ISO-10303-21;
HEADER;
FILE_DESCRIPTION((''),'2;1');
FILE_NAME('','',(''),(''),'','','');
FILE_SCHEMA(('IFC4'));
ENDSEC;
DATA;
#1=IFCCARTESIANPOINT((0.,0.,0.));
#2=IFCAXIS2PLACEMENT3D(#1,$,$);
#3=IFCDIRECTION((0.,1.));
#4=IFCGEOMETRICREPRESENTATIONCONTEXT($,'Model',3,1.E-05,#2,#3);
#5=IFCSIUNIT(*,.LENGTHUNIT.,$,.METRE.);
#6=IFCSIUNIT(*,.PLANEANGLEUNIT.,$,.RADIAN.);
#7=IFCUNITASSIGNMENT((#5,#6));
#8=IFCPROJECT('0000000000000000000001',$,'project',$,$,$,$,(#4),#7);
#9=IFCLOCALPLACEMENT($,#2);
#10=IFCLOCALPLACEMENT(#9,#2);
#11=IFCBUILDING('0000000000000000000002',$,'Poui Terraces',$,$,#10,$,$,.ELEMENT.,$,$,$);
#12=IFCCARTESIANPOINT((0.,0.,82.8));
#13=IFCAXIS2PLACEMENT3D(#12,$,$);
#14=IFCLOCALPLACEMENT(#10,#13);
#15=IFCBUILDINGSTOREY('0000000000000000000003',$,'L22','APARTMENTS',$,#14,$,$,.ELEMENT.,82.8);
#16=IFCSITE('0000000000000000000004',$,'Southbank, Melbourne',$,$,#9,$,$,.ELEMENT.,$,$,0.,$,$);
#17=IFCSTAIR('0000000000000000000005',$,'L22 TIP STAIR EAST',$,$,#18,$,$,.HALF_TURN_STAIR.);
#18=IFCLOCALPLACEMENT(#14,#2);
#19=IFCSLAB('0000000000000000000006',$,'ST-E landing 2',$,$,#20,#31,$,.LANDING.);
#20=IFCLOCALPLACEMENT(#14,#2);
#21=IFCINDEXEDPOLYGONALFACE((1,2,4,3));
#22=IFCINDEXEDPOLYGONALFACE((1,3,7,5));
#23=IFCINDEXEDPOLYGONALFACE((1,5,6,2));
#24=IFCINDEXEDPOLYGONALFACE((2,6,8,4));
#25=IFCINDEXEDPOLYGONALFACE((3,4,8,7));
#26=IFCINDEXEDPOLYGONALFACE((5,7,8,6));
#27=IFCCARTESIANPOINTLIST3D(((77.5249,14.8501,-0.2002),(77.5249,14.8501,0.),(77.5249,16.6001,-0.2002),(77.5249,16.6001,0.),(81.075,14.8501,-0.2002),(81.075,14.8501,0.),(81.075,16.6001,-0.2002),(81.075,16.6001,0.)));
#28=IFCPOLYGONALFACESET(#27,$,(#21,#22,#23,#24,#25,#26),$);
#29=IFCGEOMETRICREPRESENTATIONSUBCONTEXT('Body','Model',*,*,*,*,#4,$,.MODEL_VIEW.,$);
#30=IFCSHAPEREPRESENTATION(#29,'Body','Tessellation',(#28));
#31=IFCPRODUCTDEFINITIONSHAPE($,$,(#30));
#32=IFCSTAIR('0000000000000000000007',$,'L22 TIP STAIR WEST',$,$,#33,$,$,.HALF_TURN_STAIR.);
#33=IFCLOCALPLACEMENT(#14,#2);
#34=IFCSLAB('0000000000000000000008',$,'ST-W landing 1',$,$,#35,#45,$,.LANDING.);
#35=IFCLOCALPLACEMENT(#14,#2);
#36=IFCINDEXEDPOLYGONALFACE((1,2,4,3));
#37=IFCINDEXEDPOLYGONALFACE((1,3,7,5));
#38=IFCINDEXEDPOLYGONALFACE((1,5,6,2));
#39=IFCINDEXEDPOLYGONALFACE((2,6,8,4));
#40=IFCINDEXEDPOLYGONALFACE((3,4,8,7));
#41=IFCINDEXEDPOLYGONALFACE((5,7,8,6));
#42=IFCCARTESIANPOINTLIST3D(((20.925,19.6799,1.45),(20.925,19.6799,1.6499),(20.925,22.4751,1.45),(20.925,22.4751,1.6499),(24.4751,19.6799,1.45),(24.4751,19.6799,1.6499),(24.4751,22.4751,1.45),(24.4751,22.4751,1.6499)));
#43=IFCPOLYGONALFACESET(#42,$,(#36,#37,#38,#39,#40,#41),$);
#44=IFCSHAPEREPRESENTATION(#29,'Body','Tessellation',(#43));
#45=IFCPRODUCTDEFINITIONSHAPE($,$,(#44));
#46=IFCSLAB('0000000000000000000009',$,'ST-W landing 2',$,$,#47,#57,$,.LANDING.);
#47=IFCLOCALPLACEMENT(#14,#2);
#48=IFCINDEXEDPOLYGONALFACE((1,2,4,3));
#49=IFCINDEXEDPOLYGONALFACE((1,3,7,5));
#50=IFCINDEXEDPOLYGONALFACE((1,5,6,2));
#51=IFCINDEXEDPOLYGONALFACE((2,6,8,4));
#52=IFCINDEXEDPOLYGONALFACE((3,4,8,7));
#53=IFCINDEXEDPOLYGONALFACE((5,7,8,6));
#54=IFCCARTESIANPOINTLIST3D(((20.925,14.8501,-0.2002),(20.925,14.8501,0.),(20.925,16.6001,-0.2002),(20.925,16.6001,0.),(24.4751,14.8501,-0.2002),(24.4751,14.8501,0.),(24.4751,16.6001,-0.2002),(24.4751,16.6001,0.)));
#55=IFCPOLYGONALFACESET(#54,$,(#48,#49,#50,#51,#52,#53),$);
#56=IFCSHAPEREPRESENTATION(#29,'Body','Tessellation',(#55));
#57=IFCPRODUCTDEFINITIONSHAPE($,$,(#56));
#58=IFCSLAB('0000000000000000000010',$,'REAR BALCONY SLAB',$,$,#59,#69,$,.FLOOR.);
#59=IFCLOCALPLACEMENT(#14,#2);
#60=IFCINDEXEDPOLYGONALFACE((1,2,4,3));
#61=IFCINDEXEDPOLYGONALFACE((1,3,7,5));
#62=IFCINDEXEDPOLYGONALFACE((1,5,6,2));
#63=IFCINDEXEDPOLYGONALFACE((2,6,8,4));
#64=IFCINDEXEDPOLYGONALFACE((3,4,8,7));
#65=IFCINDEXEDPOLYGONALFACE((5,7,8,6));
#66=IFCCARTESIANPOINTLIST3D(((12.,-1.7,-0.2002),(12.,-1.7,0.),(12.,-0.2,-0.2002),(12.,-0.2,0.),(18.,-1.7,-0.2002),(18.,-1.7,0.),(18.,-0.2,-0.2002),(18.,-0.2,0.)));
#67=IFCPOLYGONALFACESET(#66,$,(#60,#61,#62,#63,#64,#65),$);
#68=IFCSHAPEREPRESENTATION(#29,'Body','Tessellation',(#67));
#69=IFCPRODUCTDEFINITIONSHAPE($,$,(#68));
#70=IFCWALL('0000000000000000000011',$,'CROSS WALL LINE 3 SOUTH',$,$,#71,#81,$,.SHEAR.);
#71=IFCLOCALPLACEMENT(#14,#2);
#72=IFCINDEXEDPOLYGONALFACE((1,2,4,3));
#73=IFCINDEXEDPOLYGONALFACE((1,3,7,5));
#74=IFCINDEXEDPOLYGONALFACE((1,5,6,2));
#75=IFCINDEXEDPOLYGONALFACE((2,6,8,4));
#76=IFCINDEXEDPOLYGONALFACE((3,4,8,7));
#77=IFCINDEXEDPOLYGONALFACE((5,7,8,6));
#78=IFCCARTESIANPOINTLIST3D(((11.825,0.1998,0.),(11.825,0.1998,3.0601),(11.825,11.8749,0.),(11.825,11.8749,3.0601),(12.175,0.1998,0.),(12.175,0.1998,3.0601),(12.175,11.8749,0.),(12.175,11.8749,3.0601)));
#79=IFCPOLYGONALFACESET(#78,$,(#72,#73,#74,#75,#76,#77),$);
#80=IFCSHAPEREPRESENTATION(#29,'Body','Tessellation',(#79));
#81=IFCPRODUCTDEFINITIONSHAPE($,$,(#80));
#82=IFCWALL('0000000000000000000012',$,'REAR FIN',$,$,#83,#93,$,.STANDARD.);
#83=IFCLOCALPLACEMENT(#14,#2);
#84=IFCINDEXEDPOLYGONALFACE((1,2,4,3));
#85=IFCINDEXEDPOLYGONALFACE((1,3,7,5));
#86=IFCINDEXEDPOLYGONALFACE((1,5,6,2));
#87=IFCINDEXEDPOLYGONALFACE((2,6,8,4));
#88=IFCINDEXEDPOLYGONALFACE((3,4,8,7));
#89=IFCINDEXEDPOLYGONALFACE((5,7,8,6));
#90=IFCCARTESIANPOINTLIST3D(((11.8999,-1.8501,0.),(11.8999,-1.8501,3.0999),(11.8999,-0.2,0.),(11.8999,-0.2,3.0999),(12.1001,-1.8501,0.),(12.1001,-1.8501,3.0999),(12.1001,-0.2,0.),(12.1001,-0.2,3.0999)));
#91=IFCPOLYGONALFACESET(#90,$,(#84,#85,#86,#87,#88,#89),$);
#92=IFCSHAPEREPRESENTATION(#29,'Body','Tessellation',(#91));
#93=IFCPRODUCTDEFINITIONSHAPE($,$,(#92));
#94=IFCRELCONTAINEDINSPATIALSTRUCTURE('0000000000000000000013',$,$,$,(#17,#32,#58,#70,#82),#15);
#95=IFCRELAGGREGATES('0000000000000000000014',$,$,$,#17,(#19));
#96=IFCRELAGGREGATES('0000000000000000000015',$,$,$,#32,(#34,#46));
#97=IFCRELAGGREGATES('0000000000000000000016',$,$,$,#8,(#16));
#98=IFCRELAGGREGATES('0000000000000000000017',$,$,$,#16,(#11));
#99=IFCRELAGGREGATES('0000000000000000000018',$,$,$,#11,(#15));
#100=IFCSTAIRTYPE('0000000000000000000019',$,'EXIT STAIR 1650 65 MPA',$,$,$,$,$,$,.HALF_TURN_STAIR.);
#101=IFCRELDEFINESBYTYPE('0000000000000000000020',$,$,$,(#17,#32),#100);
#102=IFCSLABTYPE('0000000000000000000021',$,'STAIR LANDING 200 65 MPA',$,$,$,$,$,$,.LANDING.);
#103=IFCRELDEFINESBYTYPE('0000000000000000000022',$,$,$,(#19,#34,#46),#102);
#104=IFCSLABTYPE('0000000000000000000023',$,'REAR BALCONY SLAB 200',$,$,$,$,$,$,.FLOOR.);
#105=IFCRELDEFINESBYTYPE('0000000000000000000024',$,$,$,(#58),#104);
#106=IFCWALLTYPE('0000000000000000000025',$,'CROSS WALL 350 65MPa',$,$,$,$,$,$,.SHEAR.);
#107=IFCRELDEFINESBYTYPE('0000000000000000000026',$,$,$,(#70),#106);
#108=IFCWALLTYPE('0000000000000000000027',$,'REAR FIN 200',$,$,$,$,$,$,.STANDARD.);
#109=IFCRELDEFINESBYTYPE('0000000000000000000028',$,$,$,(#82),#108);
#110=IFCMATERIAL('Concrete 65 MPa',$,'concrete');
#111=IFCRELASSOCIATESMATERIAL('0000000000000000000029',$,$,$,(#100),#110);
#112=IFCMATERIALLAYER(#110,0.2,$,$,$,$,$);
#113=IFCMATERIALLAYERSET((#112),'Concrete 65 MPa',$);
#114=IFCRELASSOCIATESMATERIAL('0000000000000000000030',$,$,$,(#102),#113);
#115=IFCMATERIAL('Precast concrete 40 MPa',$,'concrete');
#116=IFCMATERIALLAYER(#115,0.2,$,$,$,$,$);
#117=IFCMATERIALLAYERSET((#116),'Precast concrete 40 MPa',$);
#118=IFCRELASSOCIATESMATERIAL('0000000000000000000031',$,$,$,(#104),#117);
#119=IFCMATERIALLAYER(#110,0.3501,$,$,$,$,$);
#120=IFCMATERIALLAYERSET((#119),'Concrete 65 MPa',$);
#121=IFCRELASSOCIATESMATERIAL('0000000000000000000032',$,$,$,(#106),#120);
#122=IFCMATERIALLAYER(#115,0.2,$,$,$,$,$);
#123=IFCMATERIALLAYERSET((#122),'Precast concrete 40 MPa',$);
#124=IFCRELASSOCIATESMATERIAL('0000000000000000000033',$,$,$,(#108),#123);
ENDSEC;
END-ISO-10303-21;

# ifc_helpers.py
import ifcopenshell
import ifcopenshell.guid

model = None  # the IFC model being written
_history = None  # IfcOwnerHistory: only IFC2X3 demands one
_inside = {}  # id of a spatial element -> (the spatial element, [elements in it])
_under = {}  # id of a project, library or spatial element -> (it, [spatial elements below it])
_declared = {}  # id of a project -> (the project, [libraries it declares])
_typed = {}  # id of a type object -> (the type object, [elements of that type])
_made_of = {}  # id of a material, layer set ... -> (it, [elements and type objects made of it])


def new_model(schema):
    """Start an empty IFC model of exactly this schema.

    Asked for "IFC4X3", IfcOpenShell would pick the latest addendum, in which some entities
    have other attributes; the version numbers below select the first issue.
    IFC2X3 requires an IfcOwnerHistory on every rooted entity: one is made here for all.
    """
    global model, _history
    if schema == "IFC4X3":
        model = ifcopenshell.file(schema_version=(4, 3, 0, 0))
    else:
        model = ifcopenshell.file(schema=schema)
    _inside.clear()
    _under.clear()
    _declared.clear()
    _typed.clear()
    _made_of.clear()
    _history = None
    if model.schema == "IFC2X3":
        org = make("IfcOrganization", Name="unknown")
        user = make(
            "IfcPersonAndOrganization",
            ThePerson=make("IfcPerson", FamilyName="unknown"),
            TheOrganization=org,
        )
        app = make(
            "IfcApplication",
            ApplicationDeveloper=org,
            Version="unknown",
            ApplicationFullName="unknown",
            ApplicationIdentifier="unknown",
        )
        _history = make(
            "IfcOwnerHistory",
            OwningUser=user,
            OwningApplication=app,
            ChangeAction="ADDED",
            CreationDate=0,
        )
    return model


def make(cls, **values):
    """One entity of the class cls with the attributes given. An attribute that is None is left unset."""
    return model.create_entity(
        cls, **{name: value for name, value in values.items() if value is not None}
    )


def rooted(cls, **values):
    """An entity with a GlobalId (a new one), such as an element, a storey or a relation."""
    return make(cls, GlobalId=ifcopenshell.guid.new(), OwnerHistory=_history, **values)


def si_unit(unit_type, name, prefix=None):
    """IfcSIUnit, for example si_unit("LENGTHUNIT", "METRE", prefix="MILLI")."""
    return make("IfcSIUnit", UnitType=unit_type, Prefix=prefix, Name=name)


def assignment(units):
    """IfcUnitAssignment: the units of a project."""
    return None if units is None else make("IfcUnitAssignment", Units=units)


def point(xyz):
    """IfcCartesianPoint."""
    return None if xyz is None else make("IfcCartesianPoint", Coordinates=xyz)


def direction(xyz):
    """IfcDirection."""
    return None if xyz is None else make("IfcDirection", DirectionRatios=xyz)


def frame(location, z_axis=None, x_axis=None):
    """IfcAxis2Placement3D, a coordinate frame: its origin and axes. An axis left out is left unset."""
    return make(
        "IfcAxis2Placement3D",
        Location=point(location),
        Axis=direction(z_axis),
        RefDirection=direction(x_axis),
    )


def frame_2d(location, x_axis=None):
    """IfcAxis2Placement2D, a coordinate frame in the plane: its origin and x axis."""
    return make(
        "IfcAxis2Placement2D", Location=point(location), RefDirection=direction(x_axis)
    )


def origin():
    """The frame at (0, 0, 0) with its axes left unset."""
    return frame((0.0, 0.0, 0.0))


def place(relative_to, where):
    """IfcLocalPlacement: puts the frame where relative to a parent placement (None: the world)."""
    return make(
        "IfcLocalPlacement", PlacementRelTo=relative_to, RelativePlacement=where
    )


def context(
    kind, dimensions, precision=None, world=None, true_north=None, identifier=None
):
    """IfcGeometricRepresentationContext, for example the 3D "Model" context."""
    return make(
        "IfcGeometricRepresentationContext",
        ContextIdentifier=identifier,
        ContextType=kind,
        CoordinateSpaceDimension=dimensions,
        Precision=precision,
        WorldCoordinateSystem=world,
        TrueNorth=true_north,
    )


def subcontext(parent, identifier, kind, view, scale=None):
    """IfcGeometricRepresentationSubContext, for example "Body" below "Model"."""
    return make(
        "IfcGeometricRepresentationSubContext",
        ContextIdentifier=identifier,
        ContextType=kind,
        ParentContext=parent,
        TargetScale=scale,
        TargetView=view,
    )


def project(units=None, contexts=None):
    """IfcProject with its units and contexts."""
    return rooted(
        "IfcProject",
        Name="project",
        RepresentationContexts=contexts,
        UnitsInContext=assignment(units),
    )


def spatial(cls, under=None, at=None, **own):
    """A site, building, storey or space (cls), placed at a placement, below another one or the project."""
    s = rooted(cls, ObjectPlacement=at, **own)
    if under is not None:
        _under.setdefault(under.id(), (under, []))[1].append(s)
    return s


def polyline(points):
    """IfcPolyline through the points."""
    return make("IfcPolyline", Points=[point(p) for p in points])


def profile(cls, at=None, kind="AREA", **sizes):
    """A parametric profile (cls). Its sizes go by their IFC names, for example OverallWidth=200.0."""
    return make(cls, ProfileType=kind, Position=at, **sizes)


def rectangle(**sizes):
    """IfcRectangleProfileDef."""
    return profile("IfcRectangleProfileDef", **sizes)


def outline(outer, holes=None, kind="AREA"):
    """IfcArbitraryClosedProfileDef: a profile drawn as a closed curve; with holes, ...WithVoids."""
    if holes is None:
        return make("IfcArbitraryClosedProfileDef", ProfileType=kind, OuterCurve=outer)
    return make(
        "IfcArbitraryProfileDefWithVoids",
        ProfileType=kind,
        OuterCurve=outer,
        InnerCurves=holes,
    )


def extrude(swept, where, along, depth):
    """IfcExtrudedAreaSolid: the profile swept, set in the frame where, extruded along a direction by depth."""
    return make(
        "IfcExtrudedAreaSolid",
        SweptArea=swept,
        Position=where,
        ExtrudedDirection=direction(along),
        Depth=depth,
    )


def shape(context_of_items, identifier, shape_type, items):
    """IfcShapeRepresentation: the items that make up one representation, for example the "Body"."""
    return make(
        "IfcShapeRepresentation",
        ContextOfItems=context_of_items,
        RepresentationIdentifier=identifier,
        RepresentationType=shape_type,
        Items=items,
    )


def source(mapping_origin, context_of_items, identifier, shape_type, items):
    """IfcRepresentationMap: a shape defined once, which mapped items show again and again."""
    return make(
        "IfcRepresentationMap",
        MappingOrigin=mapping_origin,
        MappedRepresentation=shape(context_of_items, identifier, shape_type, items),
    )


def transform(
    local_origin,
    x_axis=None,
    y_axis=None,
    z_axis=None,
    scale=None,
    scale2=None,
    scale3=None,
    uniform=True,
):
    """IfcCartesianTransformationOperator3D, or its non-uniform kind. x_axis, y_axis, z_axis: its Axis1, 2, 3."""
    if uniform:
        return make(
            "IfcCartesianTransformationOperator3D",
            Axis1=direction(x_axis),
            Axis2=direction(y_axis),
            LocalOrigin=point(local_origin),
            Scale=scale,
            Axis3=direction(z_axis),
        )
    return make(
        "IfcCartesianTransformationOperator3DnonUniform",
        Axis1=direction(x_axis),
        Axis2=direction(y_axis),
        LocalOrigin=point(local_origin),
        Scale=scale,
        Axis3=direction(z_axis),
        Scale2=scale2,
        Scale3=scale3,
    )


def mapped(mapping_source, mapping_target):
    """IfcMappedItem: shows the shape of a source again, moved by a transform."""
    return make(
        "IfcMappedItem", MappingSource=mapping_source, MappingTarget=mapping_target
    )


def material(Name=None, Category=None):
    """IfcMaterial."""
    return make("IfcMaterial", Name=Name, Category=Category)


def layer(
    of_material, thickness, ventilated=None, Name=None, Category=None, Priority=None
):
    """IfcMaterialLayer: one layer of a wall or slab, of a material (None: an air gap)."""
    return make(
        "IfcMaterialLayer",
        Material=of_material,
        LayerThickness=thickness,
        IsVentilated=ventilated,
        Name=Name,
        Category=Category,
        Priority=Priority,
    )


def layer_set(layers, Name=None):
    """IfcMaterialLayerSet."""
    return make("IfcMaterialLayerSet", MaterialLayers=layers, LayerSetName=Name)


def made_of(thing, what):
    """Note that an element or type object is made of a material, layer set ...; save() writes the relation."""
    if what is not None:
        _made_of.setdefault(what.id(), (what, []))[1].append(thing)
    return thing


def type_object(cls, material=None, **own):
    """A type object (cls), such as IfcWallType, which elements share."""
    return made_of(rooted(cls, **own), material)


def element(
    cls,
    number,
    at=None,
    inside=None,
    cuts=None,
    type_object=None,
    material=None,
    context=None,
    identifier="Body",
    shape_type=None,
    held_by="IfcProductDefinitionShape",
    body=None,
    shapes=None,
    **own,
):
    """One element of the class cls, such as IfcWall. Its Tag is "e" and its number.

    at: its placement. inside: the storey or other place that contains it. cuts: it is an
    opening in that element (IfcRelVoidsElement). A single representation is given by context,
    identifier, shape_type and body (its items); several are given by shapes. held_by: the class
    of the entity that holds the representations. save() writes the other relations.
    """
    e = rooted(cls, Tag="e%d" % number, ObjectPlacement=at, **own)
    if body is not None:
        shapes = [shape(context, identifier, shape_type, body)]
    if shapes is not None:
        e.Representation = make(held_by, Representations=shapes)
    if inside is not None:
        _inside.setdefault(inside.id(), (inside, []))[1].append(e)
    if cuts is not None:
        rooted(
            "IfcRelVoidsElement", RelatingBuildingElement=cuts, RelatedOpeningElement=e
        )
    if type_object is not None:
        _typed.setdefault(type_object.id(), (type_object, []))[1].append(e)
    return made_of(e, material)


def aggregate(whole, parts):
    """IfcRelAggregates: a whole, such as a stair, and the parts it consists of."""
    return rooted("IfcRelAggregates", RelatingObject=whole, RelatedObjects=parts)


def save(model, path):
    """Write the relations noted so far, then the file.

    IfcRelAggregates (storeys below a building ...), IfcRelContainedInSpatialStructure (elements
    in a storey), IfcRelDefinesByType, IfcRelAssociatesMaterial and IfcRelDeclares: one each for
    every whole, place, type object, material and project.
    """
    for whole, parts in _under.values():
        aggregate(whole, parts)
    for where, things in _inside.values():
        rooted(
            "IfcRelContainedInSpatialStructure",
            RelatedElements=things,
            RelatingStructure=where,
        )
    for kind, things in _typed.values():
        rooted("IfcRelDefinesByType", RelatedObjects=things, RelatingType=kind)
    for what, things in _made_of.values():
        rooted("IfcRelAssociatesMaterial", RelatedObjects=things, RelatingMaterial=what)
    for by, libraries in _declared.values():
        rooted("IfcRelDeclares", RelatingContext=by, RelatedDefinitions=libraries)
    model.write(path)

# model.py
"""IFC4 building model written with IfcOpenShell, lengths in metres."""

from ifc_helpers import new_model, si_unit, direction, frame, frame_2d, origin, place, context, subcontext, project, spatial, polyline, rectangle, outline, extrude, source, transform, mapped, material, layer, layer_set, type_object, element, aggregate, save


model = new_model("IFC4")

# Units and contexts
model_context = context("Model", 3, precision=1e-05, world=origin(), true_north=direction((0.0, 1.0)))
body_context = subcontext(model_context, "Body", "Model", "MODEL_VIEW")
ifc_project = project(units=[si_unit("LENGTHUNIT", "METRE"), si_unit("PLANEANGLEUNIT", "RADIAN")], contexts=[model_context])

# Site, building, storey
site_placement = place(None, origin())
site = spatial("IfcSite", under=ifc_project, at=site_placement, Name="Southbank, Melbourne", CompositionType="ELEMENT", RefElevation=0.0)
building_placement = place(site_placement, origin())
building = spatial("IfcBuilding", under=site, at=building_placement, Name="Poui Terraces", CompositionType="ELEMENT")
storey_placement = place(building_placement, frame((0.0, 0.0, 82.8)))
storey = spatial("IfcBuildingStorey", under=building, at=storey_placement, Name="L22", Description="APARTMENTS", CompositionType="ELEMENT", Elevation=82.8)

# Stair, slab
ifc_material_1 = material(Name="Concrete 65 MPa", Category="concrete")
stair_type = type_object("IfcStairType", Name="EXIT STAIR 1650 65 MPA", PredefinedType="HALF_TURN_STAIR", material=ifc_material_1)
stair_1_placement = place(storey_placement, origin())
stair_1 = element("IfcStair", 1, at=stair_1_placement, inside=storey, type_object=stair_type, Name="L22 TIP STAIR EAST", PredefinedType="HALF_TURN_STAIR")
ifc_layer_1 = layer(ifc_material_1, 0.2)
ifc_layer_set_1 = layer_set([ifc_layer_1], Name="Concrete 65 MPa")
slab_type_1 = type_object("IfcSlabType", Name="STAIR LANDING 200 65 MPA", PredefinedType="LANDING", material=ifc_layer_set_1)
slab_1_placement = place(storey_placement, frame((0.0, 0.0, -0.2002)))
slab_1 = element("IfcSlab", 2, at=slab_1_placement, type_object=slab_type_1, Name="ST-E landing 2", PredefinedType="LANDING", context=body_context, shape_type="SweptSolid", body=[
    extrude(outline(polyline([(77.5249, 14.8501), (81.075, 14.8501), (81.075, 16.6001), (77.5249, 16.6001), (77.5249, 14.8501)])), origin(), (0.0, 0.0, 1.0), 0.2002),
])
aggregate(stair_1, [slab_1])

# Stair, slabs
stair_2_placement = place(storey_placement, origin())
stair_2 = element("IfcStair", 3, at=stair_2_placement, inside=storey, type_object=stair_type, Name="L22 TIP STAIR WEST", PredefinedType="HALF_TURN_STAIR")
slab_2_placement = place(storey_placement, frame((0.0, 0.0, 1.45)))
slab_2 = element("IfcSlab", 4, at=slab_2_placement, type_object=slab_type_1, Name="ST-W landing 1", PredefinedType="LANDING", context=body_context, shape_type="SweptSolid", body=[
    extrude(outline(polyline([(20.925, 19.6799), (24.4751, 19.6799), (24.4751, 22.4751), (20.925, 22.4751), (20.925, 19.6799)])), origin(), (0.0, 0.0, 1.0), 0.2),
])
slab_3_placement = place(storey_placement, frame((0.0, 0.0, -0.2002)))
slab_3 = element("IfcSlab", 5, at=slab_3_placement, type_object=slab_type_1, Name="ST-W landing 2", PredefinedType="LANDING", context=body_context, shape_type="SweptSolid", body=[
    extrude(outline(polyline([(20.925, 14.8501), (24.4751, 14.8501), (24.4751, 16.6001), (20.925, 16.6001), (20.925, 14.8501)])), origin(), (0.0, 0.0, 1.0), 0.2002),
])
aggregate(stair_2, [slab_2, slab_3])

# Slab
ifc_material_2 = material(Name="Precast concrete 40 MPa", Category="concrete")
ifc_layer_2 = layer(ifc_material_2, 0.2)
ifc_layer_set_2 = layer_set([ifc_layer_2], Name="Precast concrete 40 MPa")
slab_type_2 = type_object("IfcSlabType", Name="REAR BALCONY SLAB 200", PredefinedType="FLOOR", material=ifc_layer_set_2)
shared_shape_1 = source(origin(), body_context, "Body", "SweptSolid", [
    extrude(outline(polyline([(0.0, 0.0), (6.0, 0.0), (6.0, 1.5), (0.0, 1.5), (0.0, 0.0)])), origin(), (0.0, 0.0, 1.0), 0.2002),
])
slab_4_placement = place(storey_placement, frame((12.0, -1.7, -0.2002)))
element("IfcSlab", 6, at=slab_4_placement, inside=storey, type_object=slab_type_2, Name="REAR BALCONY SLAB", PredefinedType="FLOOR", context=body_context, shape_type="MappedRepresentation", body=[
    mapped(shared_shape_1, transform((0.0, 0.0, 0.0))),
])

# Walls
ifc_layer_3 = layer(ifc_material_1, 0.3501)
ifc_layer_set_3 = layer_set([ifc_layer_3], Name="Concrete 65 MPa")
wall_type_1 = type_object("IfcWallType", Name="CROSS WALL 350 65MPa", PredefinedType="SHEAR", material=ifc_layer_set_3)
wall_1_placement = place(storey_placement, frame((12.0, 0.2, 0.0), z_axis=(0.0, 0.0, 1.0), x_axis=(0.0, 1.0, 0.0)))
element("IfcWall", 7, at=wall_1_placement, inside=storey, type_object=wall_type_1, Name="CROSS WALL LINE 3 SOUTH", PredefinedType="SHEAR", context=body_context, shape_type="SweptSolid", body=[
    extrude(rectangle(XDim=11.675, YDim=0.3501, at=frame_2d((5.8374, 0.0))), origin(), (0.0, 0.0, 1.0), 3.0601),
])
ifc_layer_4 = layer(ifc_material_2, 0.2)
ifc_layer_set_4 = layer_set([ifc_layer_4], Name="Precast concrete 40 MPa")
wall_type_2 = type_object("IfcWallType", Name="REAR FIN 200", PredefinedType="STANDARD", material=ifc_layer_set_4)
shared_shape_2 = source(origin(), body_context, "Body", "SweptSolid", [
    extrude(outline(polyline([(0.0, 0.0), (0.2002, 0.0), (0.2002, 1.6501), (0.0, 1.6501), (0.0, 0.0)])), origin(), (0.0, 0.0, 1.0), 3.0999),
])
wall_2_placement = place(storey_placement, frame((11.8999, -1.8501, 0.0)))
element("IfcWall", 8, at=wall_2_placement, inside=storey, type_object=wall_type_2, Name="REAR FIN", PredefinedType="STANDARD", context=body_context, shape_type="MappedRepresentation", body=[
    mapped(shared_shape_2, transform((0.0, 0.0, 0.0))),
])

save(model, "model.ifc")
